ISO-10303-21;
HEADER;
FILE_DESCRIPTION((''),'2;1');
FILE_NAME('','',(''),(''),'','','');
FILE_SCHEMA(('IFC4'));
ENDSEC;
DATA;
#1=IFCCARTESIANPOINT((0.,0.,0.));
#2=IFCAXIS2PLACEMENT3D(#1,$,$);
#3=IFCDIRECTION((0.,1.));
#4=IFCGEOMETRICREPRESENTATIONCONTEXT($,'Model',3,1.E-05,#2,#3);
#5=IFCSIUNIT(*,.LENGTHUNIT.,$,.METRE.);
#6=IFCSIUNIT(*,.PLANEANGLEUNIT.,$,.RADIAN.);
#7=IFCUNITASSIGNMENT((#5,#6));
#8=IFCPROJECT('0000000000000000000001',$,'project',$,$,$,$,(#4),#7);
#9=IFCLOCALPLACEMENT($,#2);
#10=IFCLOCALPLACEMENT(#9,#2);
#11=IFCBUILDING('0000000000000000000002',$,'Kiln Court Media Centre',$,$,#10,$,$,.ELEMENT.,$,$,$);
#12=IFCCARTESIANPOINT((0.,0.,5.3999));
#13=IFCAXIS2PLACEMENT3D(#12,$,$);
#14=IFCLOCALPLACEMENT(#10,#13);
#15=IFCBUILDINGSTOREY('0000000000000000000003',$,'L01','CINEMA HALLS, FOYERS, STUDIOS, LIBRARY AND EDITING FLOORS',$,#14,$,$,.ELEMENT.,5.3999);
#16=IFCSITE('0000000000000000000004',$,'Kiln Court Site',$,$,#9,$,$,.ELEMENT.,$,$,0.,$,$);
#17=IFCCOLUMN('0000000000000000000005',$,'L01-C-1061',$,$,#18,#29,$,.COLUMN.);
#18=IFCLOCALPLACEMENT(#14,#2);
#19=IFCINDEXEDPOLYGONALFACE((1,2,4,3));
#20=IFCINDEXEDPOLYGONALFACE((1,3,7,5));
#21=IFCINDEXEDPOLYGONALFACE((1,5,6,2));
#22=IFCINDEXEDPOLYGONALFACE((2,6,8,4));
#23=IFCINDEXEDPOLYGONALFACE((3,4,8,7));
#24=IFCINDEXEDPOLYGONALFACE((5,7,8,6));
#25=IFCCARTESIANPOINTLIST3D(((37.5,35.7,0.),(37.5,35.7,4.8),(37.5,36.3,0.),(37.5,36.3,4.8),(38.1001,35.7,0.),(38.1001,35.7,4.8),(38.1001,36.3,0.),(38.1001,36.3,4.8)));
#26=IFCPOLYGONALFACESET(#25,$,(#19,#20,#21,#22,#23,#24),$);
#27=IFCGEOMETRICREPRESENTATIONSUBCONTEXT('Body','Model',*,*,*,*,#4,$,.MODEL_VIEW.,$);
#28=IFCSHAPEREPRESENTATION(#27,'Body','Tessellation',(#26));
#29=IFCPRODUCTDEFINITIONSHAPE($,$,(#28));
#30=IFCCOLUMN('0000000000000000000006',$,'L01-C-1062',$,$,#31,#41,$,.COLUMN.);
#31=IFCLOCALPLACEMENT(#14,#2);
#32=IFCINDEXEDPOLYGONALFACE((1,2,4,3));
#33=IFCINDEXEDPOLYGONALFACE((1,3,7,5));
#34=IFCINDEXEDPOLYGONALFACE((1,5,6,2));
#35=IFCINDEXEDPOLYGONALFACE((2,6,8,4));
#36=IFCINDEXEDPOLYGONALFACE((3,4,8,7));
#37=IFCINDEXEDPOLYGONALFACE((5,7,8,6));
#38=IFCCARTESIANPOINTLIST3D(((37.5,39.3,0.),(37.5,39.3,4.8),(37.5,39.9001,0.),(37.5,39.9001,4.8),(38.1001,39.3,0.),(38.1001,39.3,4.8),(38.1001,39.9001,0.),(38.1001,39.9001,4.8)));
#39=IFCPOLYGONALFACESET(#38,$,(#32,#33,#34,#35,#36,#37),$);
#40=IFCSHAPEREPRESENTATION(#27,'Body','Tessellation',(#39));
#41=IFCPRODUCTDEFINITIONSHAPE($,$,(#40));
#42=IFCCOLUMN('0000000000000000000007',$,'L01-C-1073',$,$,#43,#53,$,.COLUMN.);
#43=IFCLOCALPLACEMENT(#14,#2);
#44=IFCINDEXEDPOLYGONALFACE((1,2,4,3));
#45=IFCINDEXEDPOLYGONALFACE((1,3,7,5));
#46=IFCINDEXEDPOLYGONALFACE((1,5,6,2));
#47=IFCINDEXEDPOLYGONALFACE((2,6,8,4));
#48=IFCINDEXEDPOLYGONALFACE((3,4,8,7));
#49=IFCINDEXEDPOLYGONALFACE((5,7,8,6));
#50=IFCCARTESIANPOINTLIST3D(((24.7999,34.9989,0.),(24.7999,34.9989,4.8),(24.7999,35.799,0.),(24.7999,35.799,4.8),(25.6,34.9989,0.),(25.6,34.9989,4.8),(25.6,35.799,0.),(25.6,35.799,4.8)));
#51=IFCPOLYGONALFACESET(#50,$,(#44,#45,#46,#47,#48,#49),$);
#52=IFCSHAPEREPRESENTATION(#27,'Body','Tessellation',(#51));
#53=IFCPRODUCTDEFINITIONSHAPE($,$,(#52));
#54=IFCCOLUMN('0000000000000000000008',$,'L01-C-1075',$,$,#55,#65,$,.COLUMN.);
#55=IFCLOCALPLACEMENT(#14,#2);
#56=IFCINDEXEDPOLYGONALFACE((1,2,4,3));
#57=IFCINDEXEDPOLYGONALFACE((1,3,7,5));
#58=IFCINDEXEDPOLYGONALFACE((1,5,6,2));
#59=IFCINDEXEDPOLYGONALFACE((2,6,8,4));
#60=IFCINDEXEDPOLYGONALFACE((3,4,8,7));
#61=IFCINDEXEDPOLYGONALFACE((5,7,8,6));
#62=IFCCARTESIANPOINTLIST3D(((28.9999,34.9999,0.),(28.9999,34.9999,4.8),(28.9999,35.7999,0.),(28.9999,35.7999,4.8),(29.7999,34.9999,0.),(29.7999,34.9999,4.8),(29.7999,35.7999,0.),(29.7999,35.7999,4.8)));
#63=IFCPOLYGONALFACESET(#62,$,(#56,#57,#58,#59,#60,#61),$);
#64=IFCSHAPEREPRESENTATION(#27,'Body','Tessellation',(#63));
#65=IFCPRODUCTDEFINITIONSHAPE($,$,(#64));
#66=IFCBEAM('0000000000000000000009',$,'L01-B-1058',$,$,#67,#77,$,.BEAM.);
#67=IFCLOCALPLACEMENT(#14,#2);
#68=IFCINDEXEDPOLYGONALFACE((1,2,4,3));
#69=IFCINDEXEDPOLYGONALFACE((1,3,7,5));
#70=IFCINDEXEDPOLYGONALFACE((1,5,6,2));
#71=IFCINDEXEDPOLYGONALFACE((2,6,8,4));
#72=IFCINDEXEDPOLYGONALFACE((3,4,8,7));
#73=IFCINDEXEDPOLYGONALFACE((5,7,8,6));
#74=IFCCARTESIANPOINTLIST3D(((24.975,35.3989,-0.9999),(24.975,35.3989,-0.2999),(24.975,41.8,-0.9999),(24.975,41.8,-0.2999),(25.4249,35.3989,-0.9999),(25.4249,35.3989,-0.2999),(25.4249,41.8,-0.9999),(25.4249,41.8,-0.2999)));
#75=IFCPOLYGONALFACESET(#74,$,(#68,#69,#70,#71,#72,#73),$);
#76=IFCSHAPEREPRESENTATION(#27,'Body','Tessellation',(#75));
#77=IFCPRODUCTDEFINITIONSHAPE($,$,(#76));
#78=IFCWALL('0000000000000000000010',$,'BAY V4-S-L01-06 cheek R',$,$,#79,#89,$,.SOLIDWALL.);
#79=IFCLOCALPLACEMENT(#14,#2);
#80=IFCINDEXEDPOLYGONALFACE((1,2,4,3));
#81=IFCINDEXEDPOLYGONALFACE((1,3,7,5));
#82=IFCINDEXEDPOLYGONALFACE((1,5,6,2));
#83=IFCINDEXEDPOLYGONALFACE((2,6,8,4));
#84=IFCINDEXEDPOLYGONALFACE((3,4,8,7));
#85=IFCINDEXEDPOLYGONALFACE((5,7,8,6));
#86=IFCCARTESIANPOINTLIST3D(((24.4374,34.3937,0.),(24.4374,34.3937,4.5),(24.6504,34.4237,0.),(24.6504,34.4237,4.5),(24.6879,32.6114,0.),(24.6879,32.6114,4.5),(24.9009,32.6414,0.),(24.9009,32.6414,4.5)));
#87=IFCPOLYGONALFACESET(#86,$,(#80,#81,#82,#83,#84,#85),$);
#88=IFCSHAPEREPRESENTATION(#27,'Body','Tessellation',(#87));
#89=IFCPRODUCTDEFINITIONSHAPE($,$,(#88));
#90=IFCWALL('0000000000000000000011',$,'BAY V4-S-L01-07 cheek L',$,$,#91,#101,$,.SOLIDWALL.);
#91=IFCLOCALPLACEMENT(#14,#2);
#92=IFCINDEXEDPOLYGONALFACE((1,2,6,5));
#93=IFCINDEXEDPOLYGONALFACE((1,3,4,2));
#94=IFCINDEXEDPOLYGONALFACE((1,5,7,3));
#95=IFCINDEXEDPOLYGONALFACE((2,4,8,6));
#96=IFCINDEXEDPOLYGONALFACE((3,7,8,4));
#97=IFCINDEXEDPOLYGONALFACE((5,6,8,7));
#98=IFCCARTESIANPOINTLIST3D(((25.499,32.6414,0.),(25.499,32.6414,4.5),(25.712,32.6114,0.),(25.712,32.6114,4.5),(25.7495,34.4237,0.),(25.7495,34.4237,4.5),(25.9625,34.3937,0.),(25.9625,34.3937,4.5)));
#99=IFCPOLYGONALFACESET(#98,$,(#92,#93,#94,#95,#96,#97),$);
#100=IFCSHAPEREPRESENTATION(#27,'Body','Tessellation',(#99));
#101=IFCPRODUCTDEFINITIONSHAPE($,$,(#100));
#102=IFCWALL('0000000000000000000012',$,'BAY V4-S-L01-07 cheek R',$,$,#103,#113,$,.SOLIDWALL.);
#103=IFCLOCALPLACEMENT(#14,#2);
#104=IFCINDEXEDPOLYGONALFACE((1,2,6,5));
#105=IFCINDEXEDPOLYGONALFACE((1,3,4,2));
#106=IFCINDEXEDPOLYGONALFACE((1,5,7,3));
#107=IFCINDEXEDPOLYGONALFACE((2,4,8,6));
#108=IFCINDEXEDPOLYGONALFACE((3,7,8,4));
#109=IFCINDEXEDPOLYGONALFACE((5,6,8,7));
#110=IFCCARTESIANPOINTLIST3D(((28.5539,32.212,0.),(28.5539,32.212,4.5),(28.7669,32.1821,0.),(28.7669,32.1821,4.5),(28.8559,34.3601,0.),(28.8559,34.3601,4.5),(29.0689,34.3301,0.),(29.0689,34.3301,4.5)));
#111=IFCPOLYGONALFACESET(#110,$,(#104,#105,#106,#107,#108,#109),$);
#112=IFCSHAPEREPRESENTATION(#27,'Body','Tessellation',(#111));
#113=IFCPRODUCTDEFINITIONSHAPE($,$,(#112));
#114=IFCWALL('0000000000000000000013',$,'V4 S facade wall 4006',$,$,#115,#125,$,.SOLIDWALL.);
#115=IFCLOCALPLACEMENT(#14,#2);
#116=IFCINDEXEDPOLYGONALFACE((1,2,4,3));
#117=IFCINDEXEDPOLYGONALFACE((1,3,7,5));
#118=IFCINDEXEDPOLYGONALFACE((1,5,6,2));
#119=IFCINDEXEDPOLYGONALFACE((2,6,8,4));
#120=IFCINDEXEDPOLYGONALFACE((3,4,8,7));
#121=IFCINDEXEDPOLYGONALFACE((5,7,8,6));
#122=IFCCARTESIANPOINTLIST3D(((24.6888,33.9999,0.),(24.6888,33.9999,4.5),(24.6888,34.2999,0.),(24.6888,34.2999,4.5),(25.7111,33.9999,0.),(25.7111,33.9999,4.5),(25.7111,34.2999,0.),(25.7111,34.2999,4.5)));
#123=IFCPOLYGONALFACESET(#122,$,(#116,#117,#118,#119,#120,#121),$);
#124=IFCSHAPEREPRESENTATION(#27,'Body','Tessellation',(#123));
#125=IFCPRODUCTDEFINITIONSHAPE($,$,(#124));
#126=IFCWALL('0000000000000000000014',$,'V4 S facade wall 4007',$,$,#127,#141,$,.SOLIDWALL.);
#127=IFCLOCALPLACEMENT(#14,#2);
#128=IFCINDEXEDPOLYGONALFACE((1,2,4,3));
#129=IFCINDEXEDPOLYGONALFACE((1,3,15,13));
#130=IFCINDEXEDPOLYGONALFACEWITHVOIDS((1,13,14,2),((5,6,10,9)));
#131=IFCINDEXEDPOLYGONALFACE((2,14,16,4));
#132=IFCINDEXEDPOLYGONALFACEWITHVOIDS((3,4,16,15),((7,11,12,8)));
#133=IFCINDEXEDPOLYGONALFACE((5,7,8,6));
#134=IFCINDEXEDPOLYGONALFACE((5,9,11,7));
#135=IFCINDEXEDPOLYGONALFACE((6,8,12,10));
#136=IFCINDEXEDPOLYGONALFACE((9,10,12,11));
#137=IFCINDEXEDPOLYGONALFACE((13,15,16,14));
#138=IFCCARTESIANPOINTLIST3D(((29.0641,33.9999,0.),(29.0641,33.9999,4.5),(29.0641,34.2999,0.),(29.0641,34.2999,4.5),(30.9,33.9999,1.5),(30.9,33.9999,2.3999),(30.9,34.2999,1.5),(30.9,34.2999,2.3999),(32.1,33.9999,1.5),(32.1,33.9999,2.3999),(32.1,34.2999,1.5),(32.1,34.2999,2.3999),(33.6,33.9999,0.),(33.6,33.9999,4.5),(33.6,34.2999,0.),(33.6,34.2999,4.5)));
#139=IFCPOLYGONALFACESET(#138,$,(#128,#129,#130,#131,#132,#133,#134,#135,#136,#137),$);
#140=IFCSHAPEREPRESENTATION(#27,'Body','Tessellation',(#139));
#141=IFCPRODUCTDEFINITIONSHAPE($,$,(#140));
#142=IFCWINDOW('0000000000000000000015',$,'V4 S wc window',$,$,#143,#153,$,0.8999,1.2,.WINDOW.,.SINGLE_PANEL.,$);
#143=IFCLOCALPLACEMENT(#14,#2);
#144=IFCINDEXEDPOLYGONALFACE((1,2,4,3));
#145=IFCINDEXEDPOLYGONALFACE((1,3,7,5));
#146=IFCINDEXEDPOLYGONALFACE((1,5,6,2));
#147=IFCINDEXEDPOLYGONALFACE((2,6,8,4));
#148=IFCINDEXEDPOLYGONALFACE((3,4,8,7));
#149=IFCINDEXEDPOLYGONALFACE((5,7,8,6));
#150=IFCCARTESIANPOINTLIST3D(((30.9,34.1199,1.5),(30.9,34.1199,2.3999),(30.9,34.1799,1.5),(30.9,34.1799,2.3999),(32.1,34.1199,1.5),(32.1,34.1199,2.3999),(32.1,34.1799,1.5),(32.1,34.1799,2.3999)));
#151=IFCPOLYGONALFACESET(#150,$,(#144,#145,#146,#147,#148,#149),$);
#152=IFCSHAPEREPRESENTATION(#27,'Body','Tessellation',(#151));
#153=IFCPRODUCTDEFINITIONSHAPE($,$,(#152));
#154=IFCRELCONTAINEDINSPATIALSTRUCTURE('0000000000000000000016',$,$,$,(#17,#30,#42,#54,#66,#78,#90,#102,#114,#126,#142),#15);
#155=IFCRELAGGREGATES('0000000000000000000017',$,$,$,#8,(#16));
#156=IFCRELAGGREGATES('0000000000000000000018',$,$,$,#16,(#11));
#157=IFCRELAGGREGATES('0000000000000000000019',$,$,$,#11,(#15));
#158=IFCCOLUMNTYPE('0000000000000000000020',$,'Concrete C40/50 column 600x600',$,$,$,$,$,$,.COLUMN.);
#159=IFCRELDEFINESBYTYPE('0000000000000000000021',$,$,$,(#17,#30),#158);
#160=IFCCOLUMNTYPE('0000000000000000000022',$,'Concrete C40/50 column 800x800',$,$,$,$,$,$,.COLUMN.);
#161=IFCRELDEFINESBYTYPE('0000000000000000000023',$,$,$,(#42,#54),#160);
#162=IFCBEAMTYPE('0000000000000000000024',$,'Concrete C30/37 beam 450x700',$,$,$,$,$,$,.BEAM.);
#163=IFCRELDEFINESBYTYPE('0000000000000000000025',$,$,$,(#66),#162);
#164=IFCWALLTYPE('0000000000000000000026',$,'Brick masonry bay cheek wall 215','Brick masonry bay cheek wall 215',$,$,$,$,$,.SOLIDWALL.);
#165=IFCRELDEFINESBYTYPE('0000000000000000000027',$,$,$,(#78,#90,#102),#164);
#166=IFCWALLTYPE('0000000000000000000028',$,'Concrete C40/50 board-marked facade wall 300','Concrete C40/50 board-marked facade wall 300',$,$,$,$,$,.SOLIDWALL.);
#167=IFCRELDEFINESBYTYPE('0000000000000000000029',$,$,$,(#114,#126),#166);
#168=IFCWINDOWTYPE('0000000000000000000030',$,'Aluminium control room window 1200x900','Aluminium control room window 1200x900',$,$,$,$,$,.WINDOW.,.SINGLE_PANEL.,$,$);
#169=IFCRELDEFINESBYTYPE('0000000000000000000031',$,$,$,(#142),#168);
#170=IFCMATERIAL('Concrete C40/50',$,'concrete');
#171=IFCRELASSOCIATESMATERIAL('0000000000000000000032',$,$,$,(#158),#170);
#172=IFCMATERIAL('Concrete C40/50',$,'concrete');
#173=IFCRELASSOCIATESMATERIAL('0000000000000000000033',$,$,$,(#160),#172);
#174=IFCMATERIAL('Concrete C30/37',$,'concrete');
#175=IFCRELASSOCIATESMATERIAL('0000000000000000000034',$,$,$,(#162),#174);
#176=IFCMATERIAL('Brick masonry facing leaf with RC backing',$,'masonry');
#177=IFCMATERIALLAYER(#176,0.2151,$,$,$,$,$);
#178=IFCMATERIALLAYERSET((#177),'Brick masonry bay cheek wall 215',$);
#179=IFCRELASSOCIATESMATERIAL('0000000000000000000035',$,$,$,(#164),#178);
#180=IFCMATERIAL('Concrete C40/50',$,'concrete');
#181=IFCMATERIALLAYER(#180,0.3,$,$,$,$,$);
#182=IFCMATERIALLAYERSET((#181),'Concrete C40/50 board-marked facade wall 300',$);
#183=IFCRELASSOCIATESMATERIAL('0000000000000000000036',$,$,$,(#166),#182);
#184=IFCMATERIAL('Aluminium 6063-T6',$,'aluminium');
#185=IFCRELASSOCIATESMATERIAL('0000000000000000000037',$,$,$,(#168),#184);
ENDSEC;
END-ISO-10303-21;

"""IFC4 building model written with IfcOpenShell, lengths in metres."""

from ifc_helpers import new_model, si_unit, direction, frame, frame_2d, origin, origin_2d, place, context, subcontext, project, spatial, rectangle, extrude, material, layer, layer_set, material_profile, profile_set, type_object, element, fill, save


model = new_model("IFC4")

# Units and contexts
model_context = context("Model", 3, precision=1e-05, world=origin(), true_north=direction((0.0, 1.0)))
body_context = subcontext(model_context, "Body", "Model", "MODEL_VIEW")
ifc_project = project(units=[si_unit("LENGTHUNIT", "METRE"), si_unit("PLANEANGLEUNIT", "RADIAN")], contexts=[model_context])

# Site, building, storey
site_placement = place(None, origin())
site = spatial("IfcSite", under=ifc_project, at=site_placement, Name="Kiln Court Site", CompositionType="ELEMENT", RefElevation=0.0)
building_placement = place(site_placement, origin())
building = spatial("IfcBuilding", under=site, at=building_placement, Name="Kiln Court Media Centre", CompositionType="ELEMENT")
storey_placement = place(building_placement, frame((0.0, 0.0, 5.3999)))
storey = spatial("IfcBuildingStorey", under=building, at=storey_placement, Name="L01", Description="CINEMA HALLS, FOYERS, STUDIOS, LIBRARY AND EDITING FLOORS", CompositionType="ELEMENT", Elevation=5.3999)

# Columns
ifc_material_1 = material(Name="Concrete C40/50", Category="concrete")
ifc_material_profile_1 = material_profile(ifc_material_1, rectangle(XDim=0.6001, YDim=0.6001, at=origin_2d()), Name="RC 600x600")
ifc_profile_set_1 = profile_set([ifc_material_profile_1], Name="Concrete C40/50")
column_type_1 = type_object("IfcColumnType", Name="Concrete C40/50 column 600x600", PredefinedType="COLUMN", material=ifc_profile_set_1)
for number, where, z_axis, x_axis, name in (
    (1, (37.8, 36.0, 0.0), (0.0, 0.0, 1.0), (1.0, 0.0, 0.0), "L01-C-1061"),
    (2, (37.8, 39.6001, 0.0), (0.0, 0.0, 1.0), (1.0, 0.0, 0.0), "L01-C-1062"),
):
    element("IfcColumn", number, at=place(storey_placement, frame(where, z_axis=z_axis, x_axis=x_axis)), inside=storey, type_object=column_type_1, Name=name, PredefinedType="COLUMN", context=body_context, shape_type="SweptSolid", body=[
        extrude(rectangle(XDim=0.6001, YDim=0.6001, at=origin_2d()), origin(), (0.0, 0.0, 1.0), 4.8),
    ])
ifc_material_2 = material(Name="Concrete C40/50", Category="concrete")
ifc_material_profile_2 = material_profile(ifc_material_2, rectangle(XDim=0.8, YDim=0.8, at=origin_2d()), Name="RC 800x800")
ifc_profile_set_2 = profile_set([ifc_material_profile_2], Name="Concrete C40/50")
column_type_2 = type_object("IfcColumnType", Name="Concrete C40/50 column 800x800", PredefinedType="COLUMN", material=ifc_profile_set_2)
for number, where, z_axis, x_axis, name in (
    (3, (25.2, 35.3989, 0.0), (0.0, 0.0, 1.0), (1.0, 0.0, 0.0), "L01-C-1073"),
    (4, (29.3999, 35.3999, 0.0), (0.0, 0.0, 1.0), (1.0, 0.0, 0.0), "L01-C-1075"),
):
    element("IfcColumn", number, at=place(storey_placement, frame(where, z_axis=z_axis, x_axis=x_axis)), inside=storey, type_object=column_type_2, Name=name, PredefinedType="COLUMN", context=body_context, shape_type="SweptSolid", body=[
        extrude(rectangle(XDim=0.8, YDim=0.8, at=origin_2d()), origin(), (0.0, 0.0, 1.0), 4.8),
    ])

# Beam
ifc_material_3 = material(Name="Concrete C30/37", Category="concrete")
ifc_material_profile_3 = material_profile(ifc_material_3, rectangle(XDim=0.45, YDim=0.7, at=origin_2d()), Name="RC 450x700")
ifc_profile_set_3 = profile_set([ifc_material_profile_3], Name="Concrete C30/37")
beam_type = type_object("IfcBeamType", Name="Concrete C30/37 beam 450x700", PredefinedType="BEAM", material=ifc_profile_set_3)
beam_placement = place(storey_placement, frame((25.2, 35.3989, -0.6499), z_axis=(0.0, 1.0, 0.0), x_axis=(-1.0, 0.0, 0.0)))
element("IfcBeam", 5, at=beam_placement, inside=storey, type_object=beam_type, Name="L01-B-1058", PredefinedType="BEAM", context=body_context, shape_type="SweptSolid", body=[
    extrude(rectangle(XDim=0.45, YDim=0.7, at=origin_2d()), origin(), (0.0, 0.0, 1.0), 6.4011),
])

# Walls
ifc_material_4 = material(Name="Brick masonry facing leaf with RC backing", Category="masonry")
ifc_layer_1 = layer(ifc_material_4, 0.2151)
ifc_layer_set_1 = layer_set([ifc_layer_1], Name="Brick masonry bay cheek wall 215")
wall_type_1 = type_object("IfcWallType", Name="Brick masonry bay cheek wall 215", Description="Brick masonry bay cheek wall 215", PredefinedType="SOLIDWALL", material=ifc_layer_set_1)
for number, where, z_axis, x_axis, name in (
    (6, (24.5439, 34.4087, 0.0), (0.0, 0.0, 1.0), (0.13918, -0.990267, 0.0), "BAY V4-S-L01-06 cheek R"),
    (7, (25.856, 34.4087, 0.0), (0.0, 0.0, 1.0), (-0.13918, -0.990267, 0.0), "BAY V4-S-L01-07 cheek L"),
):
    element("IfcWall", number, at=place(storey_placement, frame(where, z_axis=z_axis, x_axis=x_axis)), inside=storey, type_object=wall_type_1, Name=name, PredefinedType="SOLIDWALL", context=body_context, shape_type="SweptSolid", body=[
        extrude(rectangle(XDim=1.7998, YDim=0.2151, at=frame_2d((0.8999, 0.0))), origin(), (0.0, 0.0, 1.0), 4.5),
    ])
wall_1_placement = place(storey_placement, frame((28.9624, 34.345, 0.0), z_axis=(0.0, 0.0, 1.0), x_axis=(-0.139231, -0.99026, 0.0)))
element("IfcWall", 8, at=wall_1_placement, inside=storey, type_object=wall_type_1, Name="BAY V4-S-L01-07 cheek R", PredefinedType="SOLIDWALL", context=body_context, shape_type="SweptSolid", body=[
    extrude(rectangle(XDim=2.1692, YDim=0.2151, at=frame_2d((1.0845, 0.0))), origin(), (0.0, 0.0, 1.0), 4.5),
])
ifc_material_5 = material(Name="Concrete C40/50", Category="concrete")
ifc_layer_2 = layer(ifc_material_5, 0.3)
ifc_layer_set_2 = layer_set([ifc_layer_2], Name="Concrete C40/50 board-marked facade wall 300")
wall_type_2 = type_object("IfcWallType", Name="Concrete C40/50 board-marked facade wall 300", Description="Concrete C40/50 board-marked facade wall 300", PredefinedType="SOLIDWALL", material=ifc_layer_set_2)
wall_2_placement = place(storey_placement, frame((25.7112, 34.1499, 0.0), z_axis=(0.0, 0.0, 1.0), x_axis=(-1.0, 0.0, 0.0)))
element("IfcWall", 9, at=wall_2_placement, inside=storey, type_object=wall_type_2, Name="V4 S facade wall 4006", PredefinedType="SOLIDWALL", context=body_context, shape_type="SweptSolid", body=[
    extrude(rectangle(XDim=1.0222, YDim=0.3, at=frame_2d((0.5112, 0.0))), origin(), (0.0, 0.0, 1.0), 4.5),
])

# Wall, opening, window
wall_3_placement = place(storey_placement, frame((33.6001, 34.1499, 0.0), z_axis=(0.0, 0.0, 1.0), x_axis=(-1.0, 0.0, 0.0)))
wall_3 = element("IfcWall", 10, at=wall_3_placement, inside=storey, type_object=wall_type_2, Name="V4 S facade wall 4007", PredefinedType="SOLIDWALL", context=body_context, shape_type="SweptSolid", body=[
    extrude(rectangle(XDim=4.5359, YDim=0.3, at=frame_2d((2.2681, 0.0))), origin(), (0.0, 0.0, 1.0), 4.5),
])
opening_1_placement = place(wall_3_placement, frame((1.5, 0.0, 1.5)))
opening_1 = element("IfcOpeningElement", 11, at=opening_1_placement, cuts=wall_3, PredefinedType="OPENING", context=body_context, shape_type="SweptSolid", body=[
    extrude(rectangle(XDim=1.2, YDim=0.8999, at=frame_2d((0.6001, 0.45))), frame((0.0, 0.1599, 0.0), z_axis=(0.0, -1.0, 0.0), x_axis=(1.0, 0.0, 0.0)), (0.0, 0.0, 1.0), 0.3201),
])
ifc_material_6 = material(Name="Aluminium 6063-T6", Category="aluminium")
window_type = type_object("IfcWindowType", Name="Aluminium control room window 1200x900", Description="Aluminium control room window 1200x900", PartitioningType="SINGLE_PANEL", PredefinedType="WINDOW", material=ifc_material_6)
window_placement = place(opening_1_placement, origin())
window = element("IfcWindow", 12, at=window_placement, inside=storey, type_object=window_type, Name="V4 S wc window", OverallHeight=0.8999, OverallWidth=1.2, PartitioningType="SINGLE_PANEL", PredefinedType="WINDOW", context=body_context, shape_type="SweptSolid", body=[
    extrude(rectangle(XDim=1.2, YDim=0.8999, at=frame_2d((0.6001, 0.45))), frame((0.0, 0.03, 0.0), z_axis=(0.0, -1.0, 0.0), x_axis=(1.0, 0.0, 0.0)), (0.0, 0.0, 1.0), 0.0601),
])
fill(opening_1, window)

save(model, "model.ifc")
